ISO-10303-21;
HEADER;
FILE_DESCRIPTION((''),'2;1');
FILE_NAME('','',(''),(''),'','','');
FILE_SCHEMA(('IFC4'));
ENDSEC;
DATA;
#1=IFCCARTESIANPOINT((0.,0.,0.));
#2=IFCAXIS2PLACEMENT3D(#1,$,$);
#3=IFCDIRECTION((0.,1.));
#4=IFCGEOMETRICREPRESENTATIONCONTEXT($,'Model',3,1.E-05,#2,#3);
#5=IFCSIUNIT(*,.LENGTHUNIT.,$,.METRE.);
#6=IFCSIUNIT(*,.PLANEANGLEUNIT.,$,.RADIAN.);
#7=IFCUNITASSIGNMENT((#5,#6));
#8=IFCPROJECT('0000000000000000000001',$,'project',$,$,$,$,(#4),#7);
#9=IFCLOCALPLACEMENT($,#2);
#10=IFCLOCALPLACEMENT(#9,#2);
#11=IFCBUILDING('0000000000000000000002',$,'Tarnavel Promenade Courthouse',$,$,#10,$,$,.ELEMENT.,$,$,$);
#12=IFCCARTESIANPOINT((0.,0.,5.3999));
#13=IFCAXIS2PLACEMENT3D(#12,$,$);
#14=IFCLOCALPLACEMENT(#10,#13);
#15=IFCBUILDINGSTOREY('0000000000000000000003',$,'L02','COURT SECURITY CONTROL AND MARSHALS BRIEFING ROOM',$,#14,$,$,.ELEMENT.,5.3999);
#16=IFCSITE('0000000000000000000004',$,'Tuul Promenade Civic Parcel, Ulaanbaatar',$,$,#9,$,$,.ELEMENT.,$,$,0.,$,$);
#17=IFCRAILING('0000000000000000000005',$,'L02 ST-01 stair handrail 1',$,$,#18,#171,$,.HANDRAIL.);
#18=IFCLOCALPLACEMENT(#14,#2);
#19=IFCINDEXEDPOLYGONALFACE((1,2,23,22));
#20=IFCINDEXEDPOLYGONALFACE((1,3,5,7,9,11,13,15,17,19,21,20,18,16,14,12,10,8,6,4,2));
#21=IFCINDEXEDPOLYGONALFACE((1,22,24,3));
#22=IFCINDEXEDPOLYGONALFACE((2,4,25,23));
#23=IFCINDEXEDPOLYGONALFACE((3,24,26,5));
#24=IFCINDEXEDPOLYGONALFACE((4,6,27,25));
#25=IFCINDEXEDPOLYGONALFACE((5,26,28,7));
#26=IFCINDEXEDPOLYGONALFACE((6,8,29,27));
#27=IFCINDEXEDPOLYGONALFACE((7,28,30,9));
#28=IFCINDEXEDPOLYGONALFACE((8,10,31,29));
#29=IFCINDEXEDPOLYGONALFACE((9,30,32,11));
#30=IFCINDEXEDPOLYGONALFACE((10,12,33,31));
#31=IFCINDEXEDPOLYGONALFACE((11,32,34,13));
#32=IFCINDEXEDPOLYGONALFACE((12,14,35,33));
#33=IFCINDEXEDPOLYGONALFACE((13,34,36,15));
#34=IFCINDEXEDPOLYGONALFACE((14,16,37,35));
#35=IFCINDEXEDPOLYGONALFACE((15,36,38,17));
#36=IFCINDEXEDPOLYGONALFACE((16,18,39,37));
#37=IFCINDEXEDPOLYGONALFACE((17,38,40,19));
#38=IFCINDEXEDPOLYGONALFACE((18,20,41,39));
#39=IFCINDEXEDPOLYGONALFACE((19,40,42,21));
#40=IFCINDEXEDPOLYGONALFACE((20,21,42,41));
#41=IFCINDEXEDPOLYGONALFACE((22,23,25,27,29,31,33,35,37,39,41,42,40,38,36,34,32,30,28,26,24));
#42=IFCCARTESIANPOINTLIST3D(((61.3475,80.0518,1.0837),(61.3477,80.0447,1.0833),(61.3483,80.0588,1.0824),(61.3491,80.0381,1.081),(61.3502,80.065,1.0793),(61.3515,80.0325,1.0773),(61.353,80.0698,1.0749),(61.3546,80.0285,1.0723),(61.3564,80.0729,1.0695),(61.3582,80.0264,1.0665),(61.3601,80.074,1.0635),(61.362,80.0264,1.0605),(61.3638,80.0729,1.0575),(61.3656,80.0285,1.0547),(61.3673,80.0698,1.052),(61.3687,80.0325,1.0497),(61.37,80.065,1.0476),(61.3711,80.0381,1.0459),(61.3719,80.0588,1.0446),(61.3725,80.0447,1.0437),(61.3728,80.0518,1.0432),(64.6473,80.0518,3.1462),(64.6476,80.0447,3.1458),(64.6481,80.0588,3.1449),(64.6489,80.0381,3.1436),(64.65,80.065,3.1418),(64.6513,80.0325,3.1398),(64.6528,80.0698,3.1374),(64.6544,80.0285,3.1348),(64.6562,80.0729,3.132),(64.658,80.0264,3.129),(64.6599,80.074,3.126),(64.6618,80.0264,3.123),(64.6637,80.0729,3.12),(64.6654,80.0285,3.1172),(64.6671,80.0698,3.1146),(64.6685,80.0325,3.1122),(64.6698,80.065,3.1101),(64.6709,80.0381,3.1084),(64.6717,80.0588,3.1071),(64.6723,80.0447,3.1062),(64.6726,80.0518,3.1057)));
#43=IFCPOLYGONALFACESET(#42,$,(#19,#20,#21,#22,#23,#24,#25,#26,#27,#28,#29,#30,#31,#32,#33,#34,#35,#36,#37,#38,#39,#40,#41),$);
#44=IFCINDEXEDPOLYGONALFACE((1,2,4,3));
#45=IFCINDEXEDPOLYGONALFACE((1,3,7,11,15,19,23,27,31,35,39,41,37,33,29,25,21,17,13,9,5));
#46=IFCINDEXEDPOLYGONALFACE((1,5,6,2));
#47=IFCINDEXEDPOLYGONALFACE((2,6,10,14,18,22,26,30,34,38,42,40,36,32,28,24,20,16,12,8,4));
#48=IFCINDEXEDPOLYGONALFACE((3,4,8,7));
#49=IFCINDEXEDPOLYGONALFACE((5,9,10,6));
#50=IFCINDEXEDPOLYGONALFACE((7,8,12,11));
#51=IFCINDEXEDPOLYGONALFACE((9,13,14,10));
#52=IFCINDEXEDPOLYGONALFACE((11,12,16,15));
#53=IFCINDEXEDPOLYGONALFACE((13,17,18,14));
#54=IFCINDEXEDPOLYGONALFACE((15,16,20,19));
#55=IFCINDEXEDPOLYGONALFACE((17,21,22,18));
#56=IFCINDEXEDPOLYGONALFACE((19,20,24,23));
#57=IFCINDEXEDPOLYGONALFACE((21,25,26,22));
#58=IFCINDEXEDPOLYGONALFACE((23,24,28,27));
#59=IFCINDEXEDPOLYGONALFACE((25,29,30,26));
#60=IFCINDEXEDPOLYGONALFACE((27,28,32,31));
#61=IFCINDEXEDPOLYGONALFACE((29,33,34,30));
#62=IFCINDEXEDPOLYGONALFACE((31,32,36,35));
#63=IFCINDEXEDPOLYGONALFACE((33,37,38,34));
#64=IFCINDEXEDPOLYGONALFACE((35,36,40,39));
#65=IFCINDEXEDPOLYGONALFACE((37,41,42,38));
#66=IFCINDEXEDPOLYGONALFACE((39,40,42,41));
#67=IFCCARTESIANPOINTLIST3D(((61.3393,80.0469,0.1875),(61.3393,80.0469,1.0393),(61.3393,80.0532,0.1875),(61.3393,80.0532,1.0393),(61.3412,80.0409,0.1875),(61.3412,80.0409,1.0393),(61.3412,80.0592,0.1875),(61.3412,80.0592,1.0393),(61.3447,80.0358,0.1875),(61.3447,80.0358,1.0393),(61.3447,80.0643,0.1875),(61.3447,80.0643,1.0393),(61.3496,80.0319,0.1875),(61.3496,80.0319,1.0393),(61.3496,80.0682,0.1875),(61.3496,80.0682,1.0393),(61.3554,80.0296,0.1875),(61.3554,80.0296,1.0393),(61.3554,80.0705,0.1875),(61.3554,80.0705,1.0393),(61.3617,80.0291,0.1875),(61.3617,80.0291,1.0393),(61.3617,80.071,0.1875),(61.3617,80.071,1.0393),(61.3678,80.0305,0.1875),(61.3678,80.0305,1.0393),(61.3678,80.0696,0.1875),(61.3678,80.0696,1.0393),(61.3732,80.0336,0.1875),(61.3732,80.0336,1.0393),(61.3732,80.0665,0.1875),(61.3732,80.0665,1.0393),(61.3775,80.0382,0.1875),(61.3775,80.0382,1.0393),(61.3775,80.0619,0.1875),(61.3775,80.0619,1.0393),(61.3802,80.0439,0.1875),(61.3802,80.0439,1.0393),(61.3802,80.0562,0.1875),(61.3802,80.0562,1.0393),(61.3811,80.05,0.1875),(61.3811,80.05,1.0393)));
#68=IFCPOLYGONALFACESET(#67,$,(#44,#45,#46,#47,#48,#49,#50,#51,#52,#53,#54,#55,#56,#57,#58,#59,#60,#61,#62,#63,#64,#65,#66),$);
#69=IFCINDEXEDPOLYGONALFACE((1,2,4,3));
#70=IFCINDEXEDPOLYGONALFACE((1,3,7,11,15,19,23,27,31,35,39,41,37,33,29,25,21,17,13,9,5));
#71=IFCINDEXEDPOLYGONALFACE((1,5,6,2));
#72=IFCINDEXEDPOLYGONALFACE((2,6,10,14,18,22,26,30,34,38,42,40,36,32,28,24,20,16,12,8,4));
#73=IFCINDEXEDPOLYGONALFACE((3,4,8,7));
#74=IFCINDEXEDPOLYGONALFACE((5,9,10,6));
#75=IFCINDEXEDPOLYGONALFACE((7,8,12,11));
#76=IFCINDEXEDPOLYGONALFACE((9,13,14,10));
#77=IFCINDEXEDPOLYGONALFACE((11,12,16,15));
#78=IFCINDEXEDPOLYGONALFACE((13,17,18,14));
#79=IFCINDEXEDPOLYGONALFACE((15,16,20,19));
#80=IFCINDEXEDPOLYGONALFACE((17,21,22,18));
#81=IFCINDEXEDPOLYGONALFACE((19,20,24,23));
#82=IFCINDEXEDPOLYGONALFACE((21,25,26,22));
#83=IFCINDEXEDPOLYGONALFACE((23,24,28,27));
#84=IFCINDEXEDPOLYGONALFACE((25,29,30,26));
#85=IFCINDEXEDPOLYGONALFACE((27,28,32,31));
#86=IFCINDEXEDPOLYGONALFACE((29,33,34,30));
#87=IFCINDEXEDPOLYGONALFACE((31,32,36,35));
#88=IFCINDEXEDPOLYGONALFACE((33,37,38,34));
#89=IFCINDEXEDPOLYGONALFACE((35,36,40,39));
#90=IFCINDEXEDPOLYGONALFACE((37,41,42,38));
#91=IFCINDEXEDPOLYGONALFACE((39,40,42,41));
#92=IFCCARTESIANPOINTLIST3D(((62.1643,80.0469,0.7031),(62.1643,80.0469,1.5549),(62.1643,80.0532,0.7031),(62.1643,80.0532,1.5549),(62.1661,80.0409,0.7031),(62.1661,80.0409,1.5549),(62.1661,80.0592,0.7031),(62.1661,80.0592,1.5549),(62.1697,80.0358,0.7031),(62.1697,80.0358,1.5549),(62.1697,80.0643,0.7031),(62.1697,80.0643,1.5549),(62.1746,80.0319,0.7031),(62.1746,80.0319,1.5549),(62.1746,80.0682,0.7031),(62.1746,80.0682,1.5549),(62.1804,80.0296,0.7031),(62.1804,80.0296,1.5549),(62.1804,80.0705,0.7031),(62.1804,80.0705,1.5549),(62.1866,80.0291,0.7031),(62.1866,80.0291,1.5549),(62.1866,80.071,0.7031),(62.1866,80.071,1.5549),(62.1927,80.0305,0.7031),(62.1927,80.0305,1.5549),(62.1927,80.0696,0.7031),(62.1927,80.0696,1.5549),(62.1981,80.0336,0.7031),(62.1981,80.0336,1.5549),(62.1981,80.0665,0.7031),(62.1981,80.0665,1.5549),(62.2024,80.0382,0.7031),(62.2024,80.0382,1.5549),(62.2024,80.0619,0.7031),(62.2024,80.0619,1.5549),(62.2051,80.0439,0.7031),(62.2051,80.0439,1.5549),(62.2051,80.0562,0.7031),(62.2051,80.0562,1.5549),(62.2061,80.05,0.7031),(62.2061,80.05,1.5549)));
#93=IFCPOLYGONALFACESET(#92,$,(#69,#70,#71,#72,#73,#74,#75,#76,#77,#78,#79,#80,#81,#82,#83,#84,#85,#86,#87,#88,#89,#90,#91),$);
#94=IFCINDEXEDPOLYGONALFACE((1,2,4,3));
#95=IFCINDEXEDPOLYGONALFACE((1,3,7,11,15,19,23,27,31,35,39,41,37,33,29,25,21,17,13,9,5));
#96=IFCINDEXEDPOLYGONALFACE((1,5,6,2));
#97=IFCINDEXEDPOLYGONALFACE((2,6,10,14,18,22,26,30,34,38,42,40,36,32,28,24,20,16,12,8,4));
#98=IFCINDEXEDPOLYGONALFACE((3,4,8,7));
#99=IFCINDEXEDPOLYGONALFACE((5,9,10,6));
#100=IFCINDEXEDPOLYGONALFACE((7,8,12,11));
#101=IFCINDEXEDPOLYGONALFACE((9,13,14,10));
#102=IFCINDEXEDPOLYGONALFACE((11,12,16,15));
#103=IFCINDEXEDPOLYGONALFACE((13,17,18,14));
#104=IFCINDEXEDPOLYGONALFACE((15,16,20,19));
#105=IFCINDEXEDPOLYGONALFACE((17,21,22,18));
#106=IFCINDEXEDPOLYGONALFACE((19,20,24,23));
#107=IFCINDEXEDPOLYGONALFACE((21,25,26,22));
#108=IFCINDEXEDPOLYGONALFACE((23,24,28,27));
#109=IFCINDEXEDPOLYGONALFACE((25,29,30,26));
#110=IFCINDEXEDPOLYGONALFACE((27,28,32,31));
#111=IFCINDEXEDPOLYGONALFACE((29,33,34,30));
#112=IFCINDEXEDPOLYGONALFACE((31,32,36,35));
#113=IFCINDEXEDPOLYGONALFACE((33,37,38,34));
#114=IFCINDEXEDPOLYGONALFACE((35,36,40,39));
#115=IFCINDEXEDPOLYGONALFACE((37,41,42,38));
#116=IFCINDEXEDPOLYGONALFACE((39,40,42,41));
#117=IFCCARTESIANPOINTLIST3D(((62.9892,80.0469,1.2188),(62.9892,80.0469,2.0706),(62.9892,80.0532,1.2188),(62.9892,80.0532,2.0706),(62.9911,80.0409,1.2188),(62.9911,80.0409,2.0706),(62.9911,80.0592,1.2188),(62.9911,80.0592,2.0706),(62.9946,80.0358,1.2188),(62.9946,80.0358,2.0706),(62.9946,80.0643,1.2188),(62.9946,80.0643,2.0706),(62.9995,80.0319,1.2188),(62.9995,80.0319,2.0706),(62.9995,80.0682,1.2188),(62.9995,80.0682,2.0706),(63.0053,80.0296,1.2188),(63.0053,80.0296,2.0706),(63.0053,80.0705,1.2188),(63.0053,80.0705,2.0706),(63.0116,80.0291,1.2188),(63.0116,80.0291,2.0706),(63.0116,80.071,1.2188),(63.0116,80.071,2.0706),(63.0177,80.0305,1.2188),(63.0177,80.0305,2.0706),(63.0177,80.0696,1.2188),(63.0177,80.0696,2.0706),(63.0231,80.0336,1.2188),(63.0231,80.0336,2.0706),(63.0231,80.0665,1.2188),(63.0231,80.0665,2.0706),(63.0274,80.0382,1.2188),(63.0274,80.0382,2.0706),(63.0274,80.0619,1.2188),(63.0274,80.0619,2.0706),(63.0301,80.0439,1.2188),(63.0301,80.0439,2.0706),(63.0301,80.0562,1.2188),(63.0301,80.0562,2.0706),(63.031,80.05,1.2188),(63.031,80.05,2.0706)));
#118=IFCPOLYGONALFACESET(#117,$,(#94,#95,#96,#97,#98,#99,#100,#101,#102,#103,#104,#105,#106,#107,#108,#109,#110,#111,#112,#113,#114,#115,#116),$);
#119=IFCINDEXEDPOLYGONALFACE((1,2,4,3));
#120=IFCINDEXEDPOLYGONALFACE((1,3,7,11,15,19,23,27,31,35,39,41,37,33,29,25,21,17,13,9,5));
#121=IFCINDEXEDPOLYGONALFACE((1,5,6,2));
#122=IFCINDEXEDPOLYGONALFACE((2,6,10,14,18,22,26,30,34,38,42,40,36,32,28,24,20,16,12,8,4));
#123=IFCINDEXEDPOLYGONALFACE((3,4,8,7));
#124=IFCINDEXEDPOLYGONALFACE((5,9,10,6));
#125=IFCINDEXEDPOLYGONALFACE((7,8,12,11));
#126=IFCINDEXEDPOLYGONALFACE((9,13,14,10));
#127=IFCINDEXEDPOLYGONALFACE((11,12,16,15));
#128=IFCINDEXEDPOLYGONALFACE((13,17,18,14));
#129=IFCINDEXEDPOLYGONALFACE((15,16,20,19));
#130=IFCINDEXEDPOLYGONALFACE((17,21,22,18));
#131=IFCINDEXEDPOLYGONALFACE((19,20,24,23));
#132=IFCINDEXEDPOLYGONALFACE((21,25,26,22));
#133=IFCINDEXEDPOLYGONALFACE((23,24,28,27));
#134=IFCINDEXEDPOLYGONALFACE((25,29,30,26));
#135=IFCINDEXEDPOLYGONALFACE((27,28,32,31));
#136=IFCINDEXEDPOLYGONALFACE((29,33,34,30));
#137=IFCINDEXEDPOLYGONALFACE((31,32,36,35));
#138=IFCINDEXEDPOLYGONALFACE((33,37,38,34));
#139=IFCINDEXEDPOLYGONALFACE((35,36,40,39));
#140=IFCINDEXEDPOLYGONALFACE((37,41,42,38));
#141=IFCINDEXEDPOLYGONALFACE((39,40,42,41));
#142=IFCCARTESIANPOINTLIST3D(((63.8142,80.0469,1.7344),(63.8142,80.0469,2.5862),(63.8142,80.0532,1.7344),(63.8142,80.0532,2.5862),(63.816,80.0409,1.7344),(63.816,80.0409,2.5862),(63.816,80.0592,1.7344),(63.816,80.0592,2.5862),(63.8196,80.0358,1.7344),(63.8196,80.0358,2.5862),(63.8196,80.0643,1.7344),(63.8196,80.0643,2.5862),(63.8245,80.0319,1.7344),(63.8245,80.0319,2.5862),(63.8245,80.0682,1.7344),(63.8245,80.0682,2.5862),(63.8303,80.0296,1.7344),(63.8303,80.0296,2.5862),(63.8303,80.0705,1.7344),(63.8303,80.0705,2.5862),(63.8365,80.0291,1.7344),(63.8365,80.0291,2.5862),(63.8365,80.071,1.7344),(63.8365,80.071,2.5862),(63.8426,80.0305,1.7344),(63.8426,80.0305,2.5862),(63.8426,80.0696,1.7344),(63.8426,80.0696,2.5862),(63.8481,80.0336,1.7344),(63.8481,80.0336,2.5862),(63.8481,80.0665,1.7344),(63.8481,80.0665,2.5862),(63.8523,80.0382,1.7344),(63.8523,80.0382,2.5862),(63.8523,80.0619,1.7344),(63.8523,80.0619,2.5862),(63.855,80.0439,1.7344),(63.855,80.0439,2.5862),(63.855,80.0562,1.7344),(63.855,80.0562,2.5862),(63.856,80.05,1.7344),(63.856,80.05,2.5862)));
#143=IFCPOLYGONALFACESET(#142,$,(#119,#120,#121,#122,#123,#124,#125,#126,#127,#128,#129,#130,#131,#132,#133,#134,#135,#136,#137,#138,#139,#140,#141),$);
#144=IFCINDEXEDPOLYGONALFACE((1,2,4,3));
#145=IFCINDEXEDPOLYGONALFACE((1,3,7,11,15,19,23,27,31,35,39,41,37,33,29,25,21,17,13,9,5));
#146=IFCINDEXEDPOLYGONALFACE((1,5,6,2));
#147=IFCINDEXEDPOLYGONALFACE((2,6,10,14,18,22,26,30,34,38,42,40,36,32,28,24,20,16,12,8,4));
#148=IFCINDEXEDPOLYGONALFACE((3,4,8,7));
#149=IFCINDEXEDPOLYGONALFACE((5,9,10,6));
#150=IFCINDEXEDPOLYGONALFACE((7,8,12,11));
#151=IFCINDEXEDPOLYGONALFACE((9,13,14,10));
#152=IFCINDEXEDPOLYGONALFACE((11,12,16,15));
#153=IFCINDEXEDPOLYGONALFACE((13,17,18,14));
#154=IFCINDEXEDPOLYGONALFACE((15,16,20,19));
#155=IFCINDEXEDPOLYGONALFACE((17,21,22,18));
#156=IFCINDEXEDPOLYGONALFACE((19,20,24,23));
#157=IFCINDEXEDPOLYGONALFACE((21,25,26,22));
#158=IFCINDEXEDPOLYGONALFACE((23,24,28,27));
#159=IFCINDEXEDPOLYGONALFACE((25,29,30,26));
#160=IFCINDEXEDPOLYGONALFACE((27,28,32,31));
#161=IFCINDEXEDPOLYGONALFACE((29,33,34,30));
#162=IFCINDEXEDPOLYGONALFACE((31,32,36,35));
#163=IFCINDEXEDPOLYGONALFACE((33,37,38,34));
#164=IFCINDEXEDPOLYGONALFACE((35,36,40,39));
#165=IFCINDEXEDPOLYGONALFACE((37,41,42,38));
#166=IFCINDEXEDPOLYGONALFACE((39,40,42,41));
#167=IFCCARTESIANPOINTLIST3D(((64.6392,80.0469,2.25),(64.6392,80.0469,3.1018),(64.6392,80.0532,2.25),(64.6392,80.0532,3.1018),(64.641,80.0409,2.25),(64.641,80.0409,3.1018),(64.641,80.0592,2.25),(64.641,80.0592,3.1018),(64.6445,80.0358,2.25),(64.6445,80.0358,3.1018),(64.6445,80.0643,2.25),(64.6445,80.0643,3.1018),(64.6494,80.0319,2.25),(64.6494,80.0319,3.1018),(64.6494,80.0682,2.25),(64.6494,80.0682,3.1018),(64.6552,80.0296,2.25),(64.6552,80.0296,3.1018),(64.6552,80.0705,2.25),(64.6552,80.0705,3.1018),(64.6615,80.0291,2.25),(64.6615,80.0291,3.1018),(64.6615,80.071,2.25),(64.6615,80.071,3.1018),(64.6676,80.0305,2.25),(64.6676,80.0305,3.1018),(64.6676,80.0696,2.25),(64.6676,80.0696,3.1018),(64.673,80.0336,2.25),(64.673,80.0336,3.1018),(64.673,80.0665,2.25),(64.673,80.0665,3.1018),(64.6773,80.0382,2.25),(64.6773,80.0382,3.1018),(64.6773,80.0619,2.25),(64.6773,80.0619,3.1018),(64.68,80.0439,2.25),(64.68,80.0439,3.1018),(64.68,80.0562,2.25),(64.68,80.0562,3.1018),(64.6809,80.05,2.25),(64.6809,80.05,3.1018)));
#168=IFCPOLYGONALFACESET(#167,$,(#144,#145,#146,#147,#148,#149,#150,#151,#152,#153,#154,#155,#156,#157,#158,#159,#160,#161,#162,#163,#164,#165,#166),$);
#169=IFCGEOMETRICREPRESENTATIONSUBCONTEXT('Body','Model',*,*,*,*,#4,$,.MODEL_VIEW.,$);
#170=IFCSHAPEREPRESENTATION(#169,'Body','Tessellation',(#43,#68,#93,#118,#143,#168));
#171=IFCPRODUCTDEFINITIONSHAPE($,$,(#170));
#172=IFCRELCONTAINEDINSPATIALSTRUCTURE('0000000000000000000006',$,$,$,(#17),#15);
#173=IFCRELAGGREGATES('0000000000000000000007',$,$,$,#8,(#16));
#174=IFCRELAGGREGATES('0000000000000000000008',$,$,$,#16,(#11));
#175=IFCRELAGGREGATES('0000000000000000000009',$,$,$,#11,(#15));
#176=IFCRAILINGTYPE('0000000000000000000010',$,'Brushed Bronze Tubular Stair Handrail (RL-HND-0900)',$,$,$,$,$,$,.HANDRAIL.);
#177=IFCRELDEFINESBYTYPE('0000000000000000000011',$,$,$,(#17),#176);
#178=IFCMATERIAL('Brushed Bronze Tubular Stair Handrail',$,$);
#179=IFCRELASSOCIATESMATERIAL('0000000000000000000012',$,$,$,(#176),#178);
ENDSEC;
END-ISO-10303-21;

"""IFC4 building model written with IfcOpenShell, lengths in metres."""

from ifc_helpers import new_model, si_unit, direction, frame, origin, origin_2d, place, context, subcontext, project, spatial, circle, extrude, material, type_object, element, save


model = new_model("IFC4")

# Units and contexts
model_context = context("Model", 3, precision=1e-05, world=origin(), true_north=direction((0.0, 1.0)))
body_context = subcontext(model_context, "Body", "Model", "MODEL_VIEW")
ifc_project = project(units=[si_unit("LENGTHUNIT", "METRE"), si_unit("PLANEANGLEUNIT", "RADIAN")], contexts=[model_context])

# Site, building, storey
site_placement = place(None, origin())
site = spatial("IfcSite", under=ifc_project, at=site_placement, Name="Tuul Promenade Civic Parcel, Ulaanbaatar", CompositionType="ELEMENT", RefElevation=0.0)
building_placement = place(site_placement, origin())
building = spatial("IfcBuilding", under=site, at=building_placement, Name="Tarnavel Promenade Courthouse", CompositionType="ELEMENT")
storey_placement = place(building_placement, frame((0.0, 0.0, 5.3999)))
storey = spatial("IfcBuildingStorey", under=building, at=storey_placement, Name="L02", Description="COURT SECURITY CONTROL AND MARSHALS BRIEFING ROOM", CompositionType="ELEMENT", Elevation=5.3999)

# Railing
ifc_material_1 = material(Name="Brushed Bronze Tubular Stair Handrail")
railing_type_1 = type_object("IfcRailingType", Name="Brushed Bronze Tubular Stair Handrail (RL-HND-0900)", PredefinedType="HANDRAIL", material=ifc_material_1)
railing_1_placement = place(storey_placement, frame((61.3601, 80.05, 0.1875)))
element("IfcRailing", 1, at=railing_1_placement, inside=storey, type_object=railing_type_1, Name="L02 ST-01 stair handrail 1", PredefinedType="HANDRAIL", context=body_context, shape_type="SweptSolid", body=[
    extrude(circle(Radius=0.0239, at=origin_2d()), frame((0.0, 0.0, 0.876), z_axis=(0.847984, 0.0, 0.530021), x_axis=(0.0, 1.0, 0.0)), (0.0, 0.0, 1.0), 3.8914),
    extrude(circle(Radius=0.021, at=origin_2d()), origin(), (0.0, 0.0, 1.0), 0.8518),
    extrude(circle(Radius=0.021, at=origin_2d()), frame((0.825, 0.0, 0.5156)), (0.0, 0.0, 1.0), 0.8518),
    extrude(circle(Radius=0.021, at=origin_2d()), frame((1.6499, 0.0, 1.0312)), (0.0, 0.0, 1.0), 0.8518),
    extrude(circle(Radius=0.021, at=origin_2d()), frame((2.4749, 0.0, 1.5469)), (0.0, 0.0, 1.0), 0.8518),
    extrude(circle(Radius=0.021, at=origin_2d()), frame((3.2998, 0.0, 2.0625)), (0.0, 0.0, 1.0), 0.8518),
])

save(model, "model.ifc")
